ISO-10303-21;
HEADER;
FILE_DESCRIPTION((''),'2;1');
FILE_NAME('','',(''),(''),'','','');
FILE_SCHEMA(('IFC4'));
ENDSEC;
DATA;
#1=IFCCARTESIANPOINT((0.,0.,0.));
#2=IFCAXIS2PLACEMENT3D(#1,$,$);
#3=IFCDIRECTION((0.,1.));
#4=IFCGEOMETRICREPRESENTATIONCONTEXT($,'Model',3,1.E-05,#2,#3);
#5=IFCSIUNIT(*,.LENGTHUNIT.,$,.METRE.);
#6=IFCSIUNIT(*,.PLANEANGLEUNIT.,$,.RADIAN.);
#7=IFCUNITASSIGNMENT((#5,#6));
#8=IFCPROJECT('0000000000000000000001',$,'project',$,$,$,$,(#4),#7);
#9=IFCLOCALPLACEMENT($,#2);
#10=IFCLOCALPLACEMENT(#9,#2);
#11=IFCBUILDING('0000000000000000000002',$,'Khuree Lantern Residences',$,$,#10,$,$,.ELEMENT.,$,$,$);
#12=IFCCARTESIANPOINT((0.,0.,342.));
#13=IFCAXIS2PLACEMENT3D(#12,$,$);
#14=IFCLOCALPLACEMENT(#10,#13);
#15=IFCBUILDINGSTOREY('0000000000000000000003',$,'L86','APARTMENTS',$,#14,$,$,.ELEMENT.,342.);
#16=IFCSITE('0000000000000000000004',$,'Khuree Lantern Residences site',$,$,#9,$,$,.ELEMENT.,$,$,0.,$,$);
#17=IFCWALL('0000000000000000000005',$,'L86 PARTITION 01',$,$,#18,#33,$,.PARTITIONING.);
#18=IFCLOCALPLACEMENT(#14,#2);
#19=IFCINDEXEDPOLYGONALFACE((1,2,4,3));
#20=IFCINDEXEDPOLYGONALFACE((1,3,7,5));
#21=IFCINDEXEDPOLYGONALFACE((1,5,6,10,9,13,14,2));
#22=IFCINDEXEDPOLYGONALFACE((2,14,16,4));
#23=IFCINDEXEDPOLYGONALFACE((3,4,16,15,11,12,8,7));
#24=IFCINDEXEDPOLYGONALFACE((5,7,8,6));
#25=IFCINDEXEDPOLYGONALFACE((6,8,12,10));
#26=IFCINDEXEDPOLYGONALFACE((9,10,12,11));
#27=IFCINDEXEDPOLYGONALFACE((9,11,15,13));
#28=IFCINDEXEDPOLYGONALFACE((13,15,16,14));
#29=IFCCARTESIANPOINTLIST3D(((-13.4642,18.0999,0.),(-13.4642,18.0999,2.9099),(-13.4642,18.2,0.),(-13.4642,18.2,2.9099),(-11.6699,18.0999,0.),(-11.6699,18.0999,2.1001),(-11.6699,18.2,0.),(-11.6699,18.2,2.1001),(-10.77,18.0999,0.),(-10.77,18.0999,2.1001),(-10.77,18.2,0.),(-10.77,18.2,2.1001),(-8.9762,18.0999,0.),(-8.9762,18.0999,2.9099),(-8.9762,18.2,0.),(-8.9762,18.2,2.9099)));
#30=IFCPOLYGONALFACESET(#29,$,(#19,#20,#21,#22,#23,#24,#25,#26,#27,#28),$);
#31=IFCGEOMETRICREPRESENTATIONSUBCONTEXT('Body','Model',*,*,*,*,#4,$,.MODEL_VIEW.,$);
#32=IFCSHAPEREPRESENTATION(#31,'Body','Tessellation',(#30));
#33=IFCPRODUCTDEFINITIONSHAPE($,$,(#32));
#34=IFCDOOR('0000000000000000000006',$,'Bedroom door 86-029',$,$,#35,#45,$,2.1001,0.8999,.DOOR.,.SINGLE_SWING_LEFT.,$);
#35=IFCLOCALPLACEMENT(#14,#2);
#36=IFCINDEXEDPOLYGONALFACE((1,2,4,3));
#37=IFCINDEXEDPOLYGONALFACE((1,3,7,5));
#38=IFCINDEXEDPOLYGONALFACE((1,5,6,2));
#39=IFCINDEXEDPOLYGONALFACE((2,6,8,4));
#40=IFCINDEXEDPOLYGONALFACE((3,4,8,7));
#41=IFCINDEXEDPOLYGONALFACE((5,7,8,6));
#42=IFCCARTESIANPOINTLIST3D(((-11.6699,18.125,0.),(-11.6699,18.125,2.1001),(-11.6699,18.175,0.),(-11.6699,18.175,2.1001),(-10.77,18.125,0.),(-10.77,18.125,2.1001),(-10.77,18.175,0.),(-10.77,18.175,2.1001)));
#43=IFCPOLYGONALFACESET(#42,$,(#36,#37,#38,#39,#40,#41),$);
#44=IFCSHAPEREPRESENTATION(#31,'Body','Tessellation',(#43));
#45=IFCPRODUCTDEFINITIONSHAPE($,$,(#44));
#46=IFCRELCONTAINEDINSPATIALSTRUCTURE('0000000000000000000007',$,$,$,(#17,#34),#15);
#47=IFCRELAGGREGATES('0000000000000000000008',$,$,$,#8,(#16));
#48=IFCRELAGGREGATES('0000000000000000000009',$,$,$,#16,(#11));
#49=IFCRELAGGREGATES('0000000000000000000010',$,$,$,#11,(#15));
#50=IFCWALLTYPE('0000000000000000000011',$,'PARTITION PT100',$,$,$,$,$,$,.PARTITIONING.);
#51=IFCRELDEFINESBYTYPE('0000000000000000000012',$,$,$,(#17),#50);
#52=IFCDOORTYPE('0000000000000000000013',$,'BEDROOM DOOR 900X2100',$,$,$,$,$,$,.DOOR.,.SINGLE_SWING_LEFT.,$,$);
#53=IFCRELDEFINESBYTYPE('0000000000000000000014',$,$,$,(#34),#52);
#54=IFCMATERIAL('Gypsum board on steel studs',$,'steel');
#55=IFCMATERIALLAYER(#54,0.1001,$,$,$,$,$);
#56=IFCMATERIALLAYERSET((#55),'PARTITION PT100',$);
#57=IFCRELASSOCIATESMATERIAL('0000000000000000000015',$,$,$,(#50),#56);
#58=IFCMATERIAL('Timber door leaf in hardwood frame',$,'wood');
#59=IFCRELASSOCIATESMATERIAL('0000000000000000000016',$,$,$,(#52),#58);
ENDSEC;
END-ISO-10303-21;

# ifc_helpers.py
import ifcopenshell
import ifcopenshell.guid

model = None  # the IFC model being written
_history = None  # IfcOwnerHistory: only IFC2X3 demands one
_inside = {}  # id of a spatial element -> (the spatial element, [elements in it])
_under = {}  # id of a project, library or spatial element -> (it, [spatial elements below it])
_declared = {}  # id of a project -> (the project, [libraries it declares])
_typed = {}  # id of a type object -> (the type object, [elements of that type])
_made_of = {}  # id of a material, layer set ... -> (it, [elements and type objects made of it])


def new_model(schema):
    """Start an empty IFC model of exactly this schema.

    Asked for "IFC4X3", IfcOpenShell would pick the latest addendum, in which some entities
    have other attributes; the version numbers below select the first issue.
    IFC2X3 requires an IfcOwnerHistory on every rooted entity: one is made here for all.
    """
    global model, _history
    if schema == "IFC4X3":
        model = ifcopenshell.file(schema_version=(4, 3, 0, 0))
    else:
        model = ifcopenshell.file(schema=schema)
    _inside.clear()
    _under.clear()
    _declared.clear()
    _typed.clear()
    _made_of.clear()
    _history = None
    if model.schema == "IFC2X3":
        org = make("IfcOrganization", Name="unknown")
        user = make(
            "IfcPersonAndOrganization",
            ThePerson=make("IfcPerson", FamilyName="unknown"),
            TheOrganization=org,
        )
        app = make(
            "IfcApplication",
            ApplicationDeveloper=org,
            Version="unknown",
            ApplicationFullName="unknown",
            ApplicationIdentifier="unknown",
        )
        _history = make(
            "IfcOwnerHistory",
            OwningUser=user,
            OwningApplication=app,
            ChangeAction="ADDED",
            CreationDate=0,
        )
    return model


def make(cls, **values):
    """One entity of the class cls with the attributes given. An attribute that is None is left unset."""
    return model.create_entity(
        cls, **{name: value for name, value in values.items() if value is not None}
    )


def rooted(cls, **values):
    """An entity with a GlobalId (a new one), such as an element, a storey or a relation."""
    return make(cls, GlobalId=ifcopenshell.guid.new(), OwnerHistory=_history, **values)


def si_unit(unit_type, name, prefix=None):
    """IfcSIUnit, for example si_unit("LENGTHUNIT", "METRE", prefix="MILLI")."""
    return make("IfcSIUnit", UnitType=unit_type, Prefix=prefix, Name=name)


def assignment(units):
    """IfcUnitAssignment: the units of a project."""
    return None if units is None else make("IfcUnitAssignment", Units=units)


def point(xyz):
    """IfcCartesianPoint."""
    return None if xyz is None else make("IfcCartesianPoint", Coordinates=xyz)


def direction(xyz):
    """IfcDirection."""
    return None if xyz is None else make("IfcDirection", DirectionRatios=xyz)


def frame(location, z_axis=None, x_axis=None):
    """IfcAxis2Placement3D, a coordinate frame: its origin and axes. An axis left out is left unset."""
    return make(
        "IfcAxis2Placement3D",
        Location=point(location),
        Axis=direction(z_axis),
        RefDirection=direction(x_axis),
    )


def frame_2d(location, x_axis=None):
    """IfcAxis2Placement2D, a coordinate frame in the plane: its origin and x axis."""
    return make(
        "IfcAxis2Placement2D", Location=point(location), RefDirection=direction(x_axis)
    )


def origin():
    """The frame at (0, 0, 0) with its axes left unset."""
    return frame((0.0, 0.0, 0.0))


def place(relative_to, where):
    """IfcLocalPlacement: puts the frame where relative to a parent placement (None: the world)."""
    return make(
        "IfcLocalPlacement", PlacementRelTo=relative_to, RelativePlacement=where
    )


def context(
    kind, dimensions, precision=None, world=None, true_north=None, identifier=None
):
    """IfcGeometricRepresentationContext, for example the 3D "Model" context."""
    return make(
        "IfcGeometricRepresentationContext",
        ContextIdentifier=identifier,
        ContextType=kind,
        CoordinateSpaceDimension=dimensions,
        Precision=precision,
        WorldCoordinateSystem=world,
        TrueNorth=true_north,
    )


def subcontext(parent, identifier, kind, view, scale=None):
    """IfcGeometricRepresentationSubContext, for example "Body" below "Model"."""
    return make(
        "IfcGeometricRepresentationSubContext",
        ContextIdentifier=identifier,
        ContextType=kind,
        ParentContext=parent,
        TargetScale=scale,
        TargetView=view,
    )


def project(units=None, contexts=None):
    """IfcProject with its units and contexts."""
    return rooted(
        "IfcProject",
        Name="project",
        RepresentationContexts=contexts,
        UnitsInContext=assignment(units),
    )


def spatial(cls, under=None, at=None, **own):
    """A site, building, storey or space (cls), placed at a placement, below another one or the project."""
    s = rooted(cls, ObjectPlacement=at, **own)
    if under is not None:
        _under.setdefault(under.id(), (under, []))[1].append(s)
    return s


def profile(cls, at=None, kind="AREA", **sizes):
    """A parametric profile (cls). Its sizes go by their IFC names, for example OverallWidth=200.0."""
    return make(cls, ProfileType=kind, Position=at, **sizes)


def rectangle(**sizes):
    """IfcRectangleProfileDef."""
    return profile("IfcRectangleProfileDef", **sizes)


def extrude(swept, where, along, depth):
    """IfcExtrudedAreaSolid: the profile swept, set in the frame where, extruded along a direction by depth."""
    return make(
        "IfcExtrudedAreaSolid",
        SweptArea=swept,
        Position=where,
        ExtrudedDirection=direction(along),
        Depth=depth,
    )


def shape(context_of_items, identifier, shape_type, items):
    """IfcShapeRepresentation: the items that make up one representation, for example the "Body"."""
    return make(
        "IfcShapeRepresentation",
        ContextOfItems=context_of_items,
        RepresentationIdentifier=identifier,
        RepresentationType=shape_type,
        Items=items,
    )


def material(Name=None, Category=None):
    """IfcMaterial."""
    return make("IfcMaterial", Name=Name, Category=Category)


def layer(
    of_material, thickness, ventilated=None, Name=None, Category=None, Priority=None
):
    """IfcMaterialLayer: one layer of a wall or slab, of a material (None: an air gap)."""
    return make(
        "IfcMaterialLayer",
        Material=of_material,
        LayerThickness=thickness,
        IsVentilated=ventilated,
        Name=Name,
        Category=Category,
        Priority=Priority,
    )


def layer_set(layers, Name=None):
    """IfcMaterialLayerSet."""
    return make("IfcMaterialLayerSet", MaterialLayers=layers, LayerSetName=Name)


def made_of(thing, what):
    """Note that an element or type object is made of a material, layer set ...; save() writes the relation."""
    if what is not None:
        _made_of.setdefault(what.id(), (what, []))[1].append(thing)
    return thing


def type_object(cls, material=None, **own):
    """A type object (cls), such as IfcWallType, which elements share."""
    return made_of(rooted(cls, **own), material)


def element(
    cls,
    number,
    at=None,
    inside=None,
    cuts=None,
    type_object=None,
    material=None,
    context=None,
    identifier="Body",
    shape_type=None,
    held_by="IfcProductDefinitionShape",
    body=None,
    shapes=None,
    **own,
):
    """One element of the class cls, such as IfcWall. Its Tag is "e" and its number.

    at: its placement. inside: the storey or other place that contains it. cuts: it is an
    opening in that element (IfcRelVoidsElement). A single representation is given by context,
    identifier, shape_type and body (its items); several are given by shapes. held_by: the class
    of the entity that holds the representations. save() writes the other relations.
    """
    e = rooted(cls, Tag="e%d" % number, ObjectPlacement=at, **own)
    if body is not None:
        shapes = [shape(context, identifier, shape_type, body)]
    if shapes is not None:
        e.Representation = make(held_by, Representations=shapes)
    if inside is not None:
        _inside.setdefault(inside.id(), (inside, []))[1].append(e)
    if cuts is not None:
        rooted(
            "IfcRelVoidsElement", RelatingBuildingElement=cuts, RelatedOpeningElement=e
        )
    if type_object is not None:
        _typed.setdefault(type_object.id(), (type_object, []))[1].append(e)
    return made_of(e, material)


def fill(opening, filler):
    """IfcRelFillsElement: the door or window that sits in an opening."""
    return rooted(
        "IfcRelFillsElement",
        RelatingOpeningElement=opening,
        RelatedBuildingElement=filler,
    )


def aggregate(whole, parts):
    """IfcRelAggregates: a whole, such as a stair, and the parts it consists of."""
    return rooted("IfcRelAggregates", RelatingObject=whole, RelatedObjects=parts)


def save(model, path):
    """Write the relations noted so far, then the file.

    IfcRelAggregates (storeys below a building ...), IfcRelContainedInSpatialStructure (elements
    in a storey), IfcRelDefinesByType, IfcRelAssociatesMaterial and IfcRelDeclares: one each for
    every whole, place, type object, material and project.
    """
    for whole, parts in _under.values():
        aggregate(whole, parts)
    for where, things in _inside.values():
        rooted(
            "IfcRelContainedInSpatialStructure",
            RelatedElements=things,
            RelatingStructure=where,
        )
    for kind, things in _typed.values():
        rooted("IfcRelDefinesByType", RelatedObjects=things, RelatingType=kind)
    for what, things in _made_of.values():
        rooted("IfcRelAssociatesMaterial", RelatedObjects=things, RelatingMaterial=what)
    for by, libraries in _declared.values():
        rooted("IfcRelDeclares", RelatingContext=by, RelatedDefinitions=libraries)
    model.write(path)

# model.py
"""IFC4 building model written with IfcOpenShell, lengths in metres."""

from ifc_helpers import new_model, si_unit, direction, frame, frame_2d, origin, place, context, subcontext, project, spatial, rectangle, extrude, material, layer, layer_set, type_object, element, fill, save


model = new_model("IFC4")

# Units and contexts
model_context = context("Model", 3, precision=1e-05, world=origin(), true_north=direction((0.0, 1.0)))
body_context = subcontext(model_context, "Body", "Model", "MODEL_VIEW")
ifc_project = project(units=[si_unit("LENGTHUNIT", "METRE"), si_unit("PLANEANGLEUNIT", "RADIAN")], contexts=[model_context])

# Site, building, storey
site_placement = place(None, origin())
site = spatial("IfcSite", under=ifc_project, at=site_placement, Name="Khuree Lantern Residences site", CompositionType="ELEMENT", RefElevation=0.0)
building_placement = place(site_placement, origin())
building = spatial("IfcBuilding", under=site, at=building_placement, Name="Khuree Lantern Residences", CompositionType="ELEMENT")
storey_placement = place(building_placement, frame((0.0, 0.0, 342.0)))
storey = spatial("IfcBuildingStorey", under=building, at=storey_placement, Name="L86", Description="APARTMENTS", CompositionType="ELEMENT", Elevation=342.0)

# Shared definitions
ifc_material_1 = material(Name="Gypsum board on steel studs", Category="steel")
ifc_layer_1 = layer(ifc_material_1, 0.1001)
ifc_layer_set_1 = layer_set([ifc_layer_1], Name="PARTITION PT100")
wall_type = type_object("IfcWallType", Name="PARTITION PT100", PredefinedType="PARTITIONING", material=ifc_layer_set_1)

# Shared definitions
ifc_material_2 = material(Name="Timber door leaf in hardwood frame", Category="wood")
door_type_1 = type_object("IfcDoorType", Name="BEDROOM DOOR 900X2100", OperationType="SINGLE_SWING_LEFT", PredefinedType="DOOR", material=ifc_material_2)

# Wall, opening, door
wall_1_placement = place(storey_placement, frame((-8.9761, 18.1499, 0.0), z_axis=(0.0, 0.0, 1.0), x_axis=(-1.0, 0.0, 0.0)))
wall_1 = element("IfcWall", 1, at=wall_1_placement, inside=storey, type_object=wall_type, Name="L86 PARTITION 01", PredefinedType="PARTITIONING", context=body_context, shape_type="SweptSolid", body=[
    extrude(rectangle(XDim=4.488, YDim=0.1001, at=frame_2d((2.2441, 0.0))), origin(), (0.0, 0.0, 1.0), 2.9099),
])
opening_1_placement = place(wall_1_placement, frame((1.7939, 0.0, 0.0)))
opening_1 = element("IfcOpeningElement", 2, at=opening_1_placement, cuts=wall_1, PredefinedType="OPENING", context=body_context, shape_type="SweptSolid", body=[
    extrude(rectangle(XDim=0.8999, YDim=2.1001, at=frame_2d((0.45, 1.05))), frame((0.0, 0.0601, 0.0), z_axis=(0.0, -1.0, 0.0), x_axis=(1.0, 0.0, 0.0)), (0.0, 0.0, 1.0), 0.1201),
])
door_1_placement = place(opening_1_placement, origin())
door_1 = element("IfcDoor", 3, at=door_1_placement, inside=storey, type_object=door_type_1, Name="Bedroom door 86-029", OperationType="SINGLE_SWING_LEFT", OverallHeight=2.1001, OverallWidth=0.8999, PredefinedType="DOOR", context=body_context, shape_type="SweptSolid", body=[
    extrude(rectangle(XDim=0.8999, YDim=2.1001, at=frame_2d((0.45, 1.05))), frame((0.0, 0.0249, 0.0), z_axis=(0.0, -1.0, 0.0), x_axis=(1.0, 0.0, 0.0)), (0.0, 0.0, 1.0), 0.05),
])
fill(opening_1, door_1)

save(model, "model.ifc")
